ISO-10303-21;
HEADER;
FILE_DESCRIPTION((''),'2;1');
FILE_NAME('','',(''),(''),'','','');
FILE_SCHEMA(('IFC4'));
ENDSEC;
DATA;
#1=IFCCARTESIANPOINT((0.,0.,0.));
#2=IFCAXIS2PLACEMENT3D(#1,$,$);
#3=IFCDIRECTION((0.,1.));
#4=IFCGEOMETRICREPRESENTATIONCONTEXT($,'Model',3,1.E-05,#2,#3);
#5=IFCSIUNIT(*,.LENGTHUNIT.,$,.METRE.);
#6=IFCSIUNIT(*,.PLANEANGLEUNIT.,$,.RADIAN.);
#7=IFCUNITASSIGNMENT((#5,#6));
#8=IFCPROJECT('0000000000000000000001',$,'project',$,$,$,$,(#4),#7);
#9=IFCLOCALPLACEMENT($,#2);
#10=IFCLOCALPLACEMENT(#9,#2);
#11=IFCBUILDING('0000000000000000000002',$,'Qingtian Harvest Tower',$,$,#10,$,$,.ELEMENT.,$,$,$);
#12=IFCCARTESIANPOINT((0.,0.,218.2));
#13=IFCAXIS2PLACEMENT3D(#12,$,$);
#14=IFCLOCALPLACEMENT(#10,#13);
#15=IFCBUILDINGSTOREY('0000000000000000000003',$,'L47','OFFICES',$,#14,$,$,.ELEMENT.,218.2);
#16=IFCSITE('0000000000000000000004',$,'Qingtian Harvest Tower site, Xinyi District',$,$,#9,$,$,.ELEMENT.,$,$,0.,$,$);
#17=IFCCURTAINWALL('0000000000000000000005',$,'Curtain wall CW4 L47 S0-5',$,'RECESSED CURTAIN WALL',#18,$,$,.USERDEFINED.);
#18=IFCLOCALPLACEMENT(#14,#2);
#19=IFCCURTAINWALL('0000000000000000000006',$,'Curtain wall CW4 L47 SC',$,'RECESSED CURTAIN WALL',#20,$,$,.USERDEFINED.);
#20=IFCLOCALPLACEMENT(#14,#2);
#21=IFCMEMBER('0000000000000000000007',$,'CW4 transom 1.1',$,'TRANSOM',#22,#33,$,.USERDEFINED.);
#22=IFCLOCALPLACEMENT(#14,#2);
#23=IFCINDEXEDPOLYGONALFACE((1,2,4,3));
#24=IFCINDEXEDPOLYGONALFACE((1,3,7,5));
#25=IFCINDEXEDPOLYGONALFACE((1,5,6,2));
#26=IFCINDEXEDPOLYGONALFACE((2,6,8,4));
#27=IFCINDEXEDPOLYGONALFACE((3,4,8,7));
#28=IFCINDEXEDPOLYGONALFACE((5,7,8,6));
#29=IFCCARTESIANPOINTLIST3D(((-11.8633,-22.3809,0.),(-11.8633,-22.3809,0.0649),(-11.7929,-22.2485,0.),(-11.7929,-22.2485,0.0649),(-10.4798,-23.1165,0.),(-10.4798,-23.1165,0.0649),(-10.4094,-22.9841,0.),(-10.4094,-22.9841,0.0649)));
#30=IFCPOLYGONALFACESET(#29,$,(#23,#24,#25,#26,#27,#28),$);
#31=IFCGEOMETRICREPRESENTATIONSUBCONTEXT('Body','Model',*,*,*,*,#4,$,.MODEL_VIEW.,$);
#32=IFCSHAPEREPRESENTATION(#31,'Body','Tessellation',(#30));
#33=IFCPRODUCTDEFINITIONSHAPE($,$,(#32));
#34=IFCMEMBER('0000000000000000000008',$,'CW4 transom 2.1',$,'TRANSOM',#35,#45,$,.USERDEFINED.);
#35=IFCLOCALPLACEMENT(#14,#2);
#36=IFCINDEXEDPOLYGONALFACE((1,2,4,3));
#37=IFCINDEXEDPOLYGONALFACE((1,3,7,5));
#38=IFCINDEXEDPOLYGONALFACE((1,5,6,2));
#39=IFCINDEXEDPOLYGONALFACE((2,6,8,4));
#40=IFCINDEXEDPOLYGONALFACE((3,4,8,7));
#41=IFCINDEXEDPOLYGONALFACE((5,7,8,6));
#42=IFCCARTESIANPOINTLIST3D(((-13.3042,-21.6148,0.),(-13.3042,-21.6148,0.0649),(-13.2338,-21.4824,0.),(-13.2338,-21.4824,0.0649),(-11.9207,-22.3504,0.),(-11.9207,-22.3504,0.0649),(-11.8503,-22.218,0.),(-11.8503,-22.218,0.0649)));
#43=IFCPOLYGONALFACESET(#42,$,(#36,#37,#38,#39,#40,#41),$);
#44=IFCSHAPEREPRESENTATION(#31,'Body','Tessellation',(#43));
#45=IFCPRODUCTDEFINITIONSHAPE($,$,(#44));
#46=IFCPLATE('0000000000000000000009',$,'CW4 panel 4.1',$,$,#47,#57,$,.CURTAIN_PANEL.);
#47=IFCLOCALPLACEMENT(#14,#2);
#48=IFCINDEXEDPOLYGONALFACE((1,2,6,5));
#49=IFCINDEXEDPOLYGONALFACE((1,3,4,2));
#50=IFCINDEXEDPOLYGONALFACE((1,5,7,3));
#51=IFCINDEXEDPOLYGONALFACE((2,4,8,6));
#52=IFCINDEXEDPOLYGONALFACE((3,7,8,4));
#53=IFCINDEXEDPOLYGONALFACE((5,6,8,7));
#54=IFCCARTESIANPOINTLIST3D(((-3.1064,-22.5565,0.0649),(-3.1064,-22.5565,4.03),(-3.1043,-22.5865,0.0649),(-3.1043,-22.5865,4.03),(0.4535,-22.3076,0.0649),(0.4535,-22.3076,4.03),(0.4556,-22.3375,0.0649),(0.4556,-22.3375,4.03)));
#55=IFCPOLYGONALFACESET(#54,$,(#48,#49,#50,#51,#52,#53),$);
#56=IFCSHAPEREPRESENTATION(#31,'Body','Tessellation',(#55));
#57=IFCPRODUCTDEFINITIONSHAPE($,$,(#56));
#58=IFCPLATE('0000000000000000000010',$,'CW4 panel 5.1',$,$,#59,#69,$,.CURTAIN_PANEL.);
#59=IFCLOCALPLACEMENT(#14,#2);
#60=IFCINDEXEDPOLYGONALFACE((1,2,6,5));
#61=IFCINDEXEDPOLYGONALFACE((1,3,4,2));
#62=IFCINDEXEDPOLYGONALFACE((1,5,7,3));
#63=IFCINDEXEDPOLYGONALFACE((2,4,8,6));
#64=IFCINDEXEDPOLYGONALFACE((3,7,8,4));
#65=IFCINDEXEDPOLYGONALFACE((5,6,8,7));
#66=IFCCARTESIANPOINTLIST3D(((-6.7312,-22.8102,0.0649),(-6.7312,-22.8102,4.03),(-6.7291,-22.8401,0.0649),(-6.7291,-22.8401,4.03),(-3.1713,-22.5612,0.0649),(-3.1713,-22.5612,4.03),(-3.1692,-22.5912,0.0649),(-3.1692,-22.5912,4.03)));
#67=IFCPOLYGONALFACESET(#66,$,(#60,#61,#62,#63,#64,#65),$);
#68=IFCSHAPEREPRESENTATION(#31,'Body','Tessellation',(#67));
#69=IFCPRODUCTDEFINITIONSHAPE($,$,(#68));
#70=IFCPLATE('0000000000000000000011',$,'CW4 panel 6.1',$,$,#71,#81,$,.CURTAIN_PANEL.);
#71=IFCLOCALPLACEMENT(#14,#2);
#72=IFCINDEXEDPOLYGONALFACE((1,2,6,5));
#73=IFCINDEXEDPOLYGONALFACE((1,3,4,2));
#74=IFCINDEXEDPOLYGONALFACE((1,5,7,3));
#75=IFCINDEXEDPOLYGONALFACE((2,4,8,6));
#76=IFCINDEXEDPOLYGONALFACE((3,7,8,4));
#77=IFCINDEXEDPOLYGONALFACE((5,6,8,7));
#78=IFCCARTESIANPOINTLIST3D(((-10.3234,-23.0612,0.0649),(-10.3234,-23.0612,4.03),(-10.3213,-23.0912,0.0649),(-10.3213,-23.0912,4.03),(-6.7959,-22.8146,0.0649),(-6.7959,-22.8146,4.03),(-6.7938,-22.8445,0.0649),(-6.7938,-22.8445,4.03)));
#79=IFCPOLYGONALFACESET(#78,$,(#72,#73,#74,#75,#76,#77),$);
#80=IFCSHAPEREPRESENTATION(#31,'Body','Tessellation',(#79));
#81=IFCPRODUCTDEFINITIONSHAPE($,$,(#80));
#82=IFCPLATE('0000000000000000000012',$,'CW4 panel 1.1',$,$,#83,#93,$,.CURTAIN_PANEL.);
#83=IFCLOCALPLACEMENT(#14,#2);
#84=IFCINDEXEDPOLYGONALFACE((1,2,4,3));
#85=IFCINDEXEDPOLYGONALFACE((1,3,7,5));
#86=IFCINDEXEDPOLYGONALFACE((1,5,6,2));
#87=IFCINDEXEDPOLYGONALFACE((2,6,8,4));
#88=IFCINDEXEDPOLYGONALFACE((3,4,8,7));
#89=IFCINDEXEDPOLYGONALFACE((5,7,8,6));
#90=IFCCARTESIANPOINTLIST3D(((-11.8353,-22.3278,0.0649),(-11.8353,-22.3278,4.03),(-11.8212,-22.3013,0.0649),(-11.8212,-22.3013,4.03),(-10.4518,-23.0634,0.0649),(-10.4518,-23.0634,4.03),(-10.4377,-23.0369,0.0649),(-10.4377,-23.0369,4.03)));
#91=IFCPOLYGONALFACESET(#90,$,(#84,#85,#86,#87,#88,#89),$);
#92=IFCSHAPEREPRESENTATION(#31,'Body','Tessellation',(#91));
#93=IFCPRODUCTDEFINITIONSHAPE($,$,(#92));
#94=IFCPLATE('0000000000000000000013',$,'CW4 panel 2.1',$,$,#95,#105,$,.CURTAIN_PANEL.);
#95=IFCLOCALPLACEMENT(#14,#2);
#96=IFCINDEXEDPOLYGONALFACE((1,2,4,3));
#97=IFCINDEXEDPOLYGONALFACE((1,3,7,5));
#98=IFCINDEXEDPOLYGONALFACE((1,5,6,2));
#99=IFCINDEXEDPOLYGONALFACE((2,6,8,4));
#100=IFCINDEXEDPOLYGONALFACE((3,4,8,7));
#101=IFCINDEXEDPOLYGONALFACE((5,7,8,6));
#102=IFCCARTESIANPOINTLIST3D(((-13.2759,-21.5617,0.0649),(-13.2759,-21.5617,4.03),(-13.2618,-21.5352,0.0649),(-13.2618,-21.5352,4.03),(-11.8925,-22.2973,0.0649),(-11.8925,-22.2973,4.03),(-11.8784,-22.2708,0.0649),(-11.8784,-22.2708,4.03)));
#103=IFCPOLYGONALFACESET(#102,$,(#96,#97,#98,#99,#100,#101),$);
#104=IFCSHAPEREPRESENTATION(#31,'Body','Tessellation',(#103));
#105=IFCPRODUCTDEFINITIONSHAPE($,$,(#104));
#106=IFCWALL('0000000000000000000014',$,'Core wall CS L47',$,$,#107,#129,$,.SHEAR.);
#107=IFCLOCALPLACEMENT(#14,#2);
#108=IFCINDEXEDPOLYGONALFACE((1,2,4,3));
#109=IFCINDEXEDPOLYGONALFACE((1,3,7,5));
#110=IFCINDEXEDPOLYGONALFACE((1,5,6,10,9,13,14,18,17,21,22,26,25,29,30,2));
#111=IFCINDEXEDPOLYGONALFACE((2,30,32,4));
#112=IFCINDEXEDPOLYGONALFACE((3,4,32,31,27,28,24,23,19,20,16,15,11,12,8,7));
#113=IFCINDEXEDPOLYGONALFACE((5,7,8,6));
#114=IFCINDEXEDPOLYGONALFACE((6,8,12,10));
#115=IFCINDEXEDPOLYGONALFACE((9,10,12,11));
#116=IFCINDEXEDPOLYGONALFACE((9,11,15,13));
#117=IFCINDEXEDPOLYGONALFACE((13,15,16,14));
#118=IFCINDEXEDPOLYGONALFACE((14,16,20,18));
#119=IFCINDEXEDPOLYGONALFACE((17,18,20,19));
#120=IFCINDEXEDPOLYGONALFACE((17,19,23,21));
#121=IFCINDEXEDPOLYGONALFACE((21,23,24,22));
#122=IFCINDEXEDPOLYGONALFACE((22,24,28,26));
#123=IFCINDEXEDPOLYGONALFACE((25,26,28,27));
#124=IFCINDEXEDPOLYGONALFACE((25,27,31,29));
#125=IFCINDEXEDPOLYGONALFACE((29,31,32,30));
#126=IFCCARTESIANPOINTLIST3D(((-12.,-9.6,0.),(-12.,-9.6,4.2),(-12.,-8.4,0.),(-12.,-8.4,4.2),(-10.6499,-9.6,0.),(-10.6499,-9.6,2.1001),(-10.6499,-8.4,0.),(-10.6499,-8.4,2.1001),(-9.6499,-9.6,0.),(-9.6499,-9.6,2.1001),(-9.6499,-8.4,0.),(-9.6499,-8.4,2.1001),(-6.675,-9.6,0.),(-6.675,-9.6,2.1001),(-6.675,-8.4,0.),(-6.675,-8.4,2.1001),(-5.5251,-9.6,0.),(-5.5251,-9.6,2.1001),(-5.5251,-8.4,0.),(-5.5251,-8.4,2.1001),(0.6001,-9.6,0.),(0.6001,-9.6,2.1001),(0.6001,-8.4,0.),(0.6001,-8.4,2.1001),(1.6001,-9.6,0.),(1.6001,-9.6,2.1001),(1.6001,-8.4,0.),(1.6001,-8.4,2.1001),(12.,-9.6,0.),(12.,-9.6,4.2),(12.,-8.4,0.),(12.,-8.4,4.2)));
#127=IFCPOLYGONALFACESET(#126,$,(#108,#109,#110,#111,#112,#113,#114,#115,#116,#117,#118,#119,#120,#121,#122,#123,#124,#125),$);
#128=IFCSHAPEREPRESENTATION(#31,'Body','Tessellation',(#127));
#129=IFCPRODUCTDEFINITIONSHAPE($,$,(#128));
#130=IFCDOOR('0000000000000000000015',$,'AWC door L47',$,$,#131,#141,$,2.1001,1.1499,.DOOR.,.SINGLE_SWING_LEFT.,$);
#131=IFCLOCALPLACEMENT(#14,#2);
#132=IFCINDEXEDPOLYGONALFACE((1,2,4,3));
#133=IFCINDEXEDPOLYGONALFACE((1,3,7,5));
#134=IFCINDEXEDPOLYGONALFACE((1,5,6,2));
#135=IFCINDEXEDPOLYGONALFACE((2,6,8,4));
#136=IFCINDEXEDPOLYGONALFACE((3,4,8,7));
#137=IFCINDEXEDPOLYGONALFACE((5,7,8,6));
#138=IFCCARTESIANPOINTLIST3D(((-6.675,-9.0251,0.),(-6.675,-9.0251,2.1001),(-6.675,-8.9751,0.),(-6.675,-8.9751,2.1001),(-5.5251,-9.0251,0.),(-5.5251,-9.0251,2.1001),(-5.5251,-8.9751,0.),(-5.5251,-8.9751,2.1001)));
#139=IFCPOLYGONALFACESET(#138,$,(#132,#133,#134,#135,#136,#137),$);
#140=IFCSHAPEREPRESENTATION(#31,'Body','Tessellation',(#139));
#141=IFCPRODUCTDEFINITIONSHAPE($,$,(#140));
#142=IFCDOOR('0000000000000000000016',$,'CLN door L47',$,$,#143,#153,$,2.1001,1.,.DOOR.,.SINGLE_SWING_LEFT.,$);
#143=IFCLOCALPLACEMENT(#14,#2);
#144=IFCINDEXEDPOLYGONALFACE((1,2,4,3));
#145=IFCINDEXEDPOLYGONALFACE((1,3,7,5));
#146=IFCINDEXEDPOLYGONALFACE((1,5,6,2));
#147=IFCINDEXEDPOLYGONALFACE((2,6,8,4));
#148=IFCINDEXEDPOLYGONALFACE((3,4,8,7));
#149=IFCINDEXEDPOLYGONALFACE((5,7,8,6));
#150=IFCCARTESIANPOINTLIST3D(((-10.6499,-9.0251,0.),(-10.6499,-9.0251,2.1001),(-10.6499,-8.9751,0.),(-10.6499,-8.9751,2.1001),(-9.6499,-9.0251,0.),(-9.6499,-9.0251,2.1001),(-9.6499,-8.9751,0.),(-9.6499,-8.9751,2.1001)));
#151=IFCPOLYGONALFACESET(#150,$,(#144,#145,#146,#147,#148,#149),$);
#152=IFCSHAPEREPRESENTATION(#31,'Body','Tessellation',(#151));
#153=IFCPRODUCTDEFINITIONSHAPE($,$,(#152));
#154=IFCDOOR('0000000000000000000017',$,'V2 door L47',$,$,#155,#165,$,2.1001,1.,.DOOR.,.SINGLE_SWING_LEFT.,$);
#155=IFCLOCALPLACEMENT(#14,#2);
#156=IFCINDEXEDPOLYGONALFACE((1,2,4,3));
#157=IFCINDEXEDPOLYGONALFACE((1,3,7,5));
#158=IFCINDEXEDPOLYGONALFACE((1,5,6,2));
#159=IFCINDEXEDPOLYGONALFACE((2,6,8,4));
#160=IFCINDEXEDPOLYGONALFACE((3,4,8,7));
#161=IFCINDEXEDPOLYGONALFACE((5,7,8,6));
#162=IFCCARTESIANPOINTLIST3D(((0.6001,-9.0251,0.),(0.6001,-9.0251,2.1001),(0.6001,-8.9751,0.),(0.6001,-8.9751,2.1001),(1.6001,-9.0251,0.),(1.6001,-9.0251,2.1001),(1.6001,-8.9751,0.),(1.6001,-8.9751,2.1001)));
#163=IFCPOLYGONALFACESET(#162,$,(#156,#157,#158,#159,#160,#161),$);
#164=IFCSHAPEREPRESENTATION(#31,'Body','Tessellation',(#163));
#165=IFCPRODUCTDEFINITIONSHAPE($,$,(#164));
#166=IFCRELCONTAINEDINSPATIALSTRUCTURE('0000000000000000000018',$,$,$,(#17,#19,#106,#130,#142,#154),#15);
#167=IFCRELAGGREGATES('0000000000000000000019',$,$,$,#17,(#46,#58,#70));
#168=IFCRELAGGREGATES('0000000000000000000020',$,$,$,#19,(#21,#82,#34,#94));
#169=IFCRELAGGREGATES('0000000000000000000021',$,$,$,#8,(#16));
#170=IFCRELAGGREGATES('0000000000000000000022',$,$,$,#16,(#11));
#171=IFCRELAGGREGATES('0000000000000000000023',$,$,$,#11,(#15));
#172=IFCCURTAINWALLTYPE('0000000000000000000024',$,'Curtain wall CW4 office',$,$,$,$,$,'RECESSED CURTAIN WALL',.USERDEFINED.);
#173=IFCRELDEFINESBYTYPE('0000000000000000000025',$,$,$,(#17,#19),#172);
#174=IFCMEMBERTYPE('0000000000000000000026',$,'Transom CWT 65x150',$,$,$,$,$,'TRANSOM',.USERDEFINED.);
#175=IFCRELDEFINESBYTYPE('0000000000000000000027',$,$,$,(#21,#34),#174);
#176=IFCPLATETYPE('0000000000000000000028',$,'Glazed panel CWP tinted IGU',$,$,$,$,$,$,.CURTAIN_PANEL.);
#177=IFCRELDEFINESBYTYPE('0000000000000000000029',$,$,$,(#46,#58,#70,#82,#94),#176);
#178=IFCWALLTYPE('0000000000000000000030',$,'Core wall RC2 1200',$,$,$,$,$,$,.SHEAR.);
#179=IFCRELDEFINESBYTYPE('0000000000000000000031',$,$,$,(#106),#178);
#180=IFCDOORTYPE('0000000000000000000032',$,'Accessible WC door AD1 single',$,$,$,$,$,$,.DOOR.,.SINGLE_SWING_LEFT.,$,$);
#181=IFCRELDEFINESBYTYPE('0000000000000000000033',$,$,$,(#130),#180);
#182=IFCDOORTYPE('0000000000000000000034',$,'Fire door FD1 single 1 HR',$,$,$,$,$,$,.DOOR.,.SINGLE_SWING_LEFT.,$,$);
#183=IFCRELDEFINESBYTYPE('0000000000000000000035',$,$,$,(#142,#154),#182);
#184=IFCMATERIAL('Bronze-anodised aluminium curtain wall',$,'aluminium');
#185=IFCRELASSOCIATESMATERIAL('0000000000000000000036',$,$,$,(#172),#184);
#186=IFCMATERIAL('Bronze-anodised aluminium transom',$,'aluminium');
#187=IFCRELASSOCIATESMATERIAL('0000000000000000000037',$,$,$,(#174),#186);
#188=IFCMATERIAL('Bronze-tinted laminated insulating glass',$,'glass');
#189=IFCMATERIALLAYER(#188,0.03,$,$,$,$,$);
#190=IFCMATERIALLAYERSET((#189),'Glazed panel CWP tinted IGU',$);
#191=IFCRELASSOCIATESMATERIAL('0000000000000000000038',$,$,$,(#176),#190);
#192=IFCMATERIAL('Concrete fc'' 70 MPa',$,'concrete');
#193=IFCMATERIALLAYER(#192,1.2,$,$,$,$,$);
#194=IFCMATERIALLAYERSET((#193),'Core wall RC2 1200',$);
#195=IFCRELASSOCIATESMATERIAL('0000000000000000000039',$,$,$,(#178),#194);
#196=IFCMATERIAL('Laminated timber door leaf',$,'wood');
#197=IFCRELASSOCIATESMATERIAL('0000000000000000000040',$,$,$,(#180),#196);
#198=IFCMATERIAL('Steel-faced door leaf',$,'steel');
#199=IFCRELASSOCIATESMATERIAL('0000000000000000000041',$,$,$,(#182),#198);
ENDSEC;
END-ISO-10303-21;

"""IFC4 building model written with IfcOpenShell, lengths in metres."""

from ifc_helpers import new_model, si_unit, direction, frame, frame_2d, origin, origin_2d, place, context, subcontext, project, spatial, rectangle, extrude, material, layer, layer_set, material_profile, profile_set, type_object, element, fill, aggregate, save


model = new_model("IFC4")

# Units and contexts
model_context = context("Model", 3, precision=1e-05, world=origin(), true_north=direction((0.0, 1.0)))
body_context = subcontext(model_context, "Body", "Model", "MODEL_VIEW")
ifc_project = project(units=[si_unit("LENGTHUNIT", "METRE"), si_unit("PLANEANGLEUNIT", "RADIAN")], contexts=[model_context])

# Site, building, storey
site_placement = place(None, origin())
site = spatial("IfcSite", under=ifc_project, at=site_placement, Name="Qingtian Harvest Tower site, Xinyi District", CompositionType="ELEMENT", RefElevation=0.0)
building_placement = place(site_placement, origin())
building = spatial("IfcBuilding", under=site, at=building_placement, Name="Qingtian Harvest Tower", CompositionType="ELEMENT")
storey_placement = place(building_placement, frame((0.0, 0.0, 218.2)))
storey = spatial("IfcBuildingStorey", under=building, at=storey_placement, Name="L47", Description="OFFICES", CompositionType="ELEMENT", Elevation=218.2)

# Curtain walls
ifc_material_1 = material(Name="Bronze-anodised aluminium curtain wall", Category="aluminium")
curtain_wall_type = type_object("IfcCurtainWallType", Name="Curtain wall CW4 office", ElementType="RECESSED CURTAIN WALL", PredefinedType="USERDEFINED", material=ifc_material_1)
curtain_wall_1_placement = place(storey_placement, origin())
curtain_wall_1 = element("IfcCurtainWall", 1, at=curtain_wall_1_placement, inside=storey, type_object=curtain_wall_type, Name="Curtain wall CW4 L47 S0-5", ObjectType="RECESSED CURTAIN WALL", PredefinedType="USERDEFINED")
curtain_wall_2_placement = place(storey_placement, origin())
curtain_wall_2 = element("IfcCurtainWall", 2, at=curtain_wall_2_placement, inside=storey, type_object=curtain_wall_type, Name="Curtain wall CW4 L47 SC", ObjectType="RECESSED CURTAIN WALL", PredefinedType="USERDEFINED")

# Members
ifc_material_2 = material(Name="Bronze-anodised aluminium transom", Category="aluminium")
ifc_material_profile_1 = material_profile(ifc_material_2, rectangle(XDim=0.1499, YDim=0.0649, at=origin_2d()), Name="AL 65x150")
ifc_profile_set_1 = profile_set([ifc_material_profile_1], Name="Bronze-anodised aluminium transom")
member_type_1 = type_object("IfcMemberType", Name="Transom CWT 65x150", ElementType="TRANSOM", PredefinedType="USERDEFINED", material=ifc_profile_set_1)
member_1_placement = place(storey_placement, frame((-10.4446, -23.0503, 0.0325), z_axis=(-0.88296, 0.469448, 0.0), x_axis=(-0.469448, -0.88296, 0.0)))
member_1 = element("IfcMember", 3, at=member_1_placement, type_object=member_type_1, Name="CW4 transom 1.1", ObjectType="TRANSOM", PredefinedType="USERDEFINED", context=body_context, shape_type="SweptSolid", body=[
    extrude(rectangle(XDim=0.1499, YDim=0.0649, at=origin_2d()), origin(), (0.0, 0.0, 1.0), 1.5669),
])
member_2_placement = place(storey_placement, frame((-11.8855, -22.2842, 0.0325), z_axis=(-0.88296, 0.469448, 0.0), x_axis=(-0.469448, -0.88296, 0.0)))
member_2 = element("IfcMember", 4, at=member_2_placement, type_object=member_type_1, Name="CW4 transom 2.1", ObjectType="TRANSOM", PredefinedType="USERDEFINED", context=body_context, shape_type="SweptSolid", body=[
    extrude(rectangle(XDim=0.1499, YDim=0.0649, at=origin_2d()), origin(), (0.0, 0.0, 1.0), 1.5669),
])

# Plates
ifc_material_3 = material(Name="Bronze-tinted laminated insulating glass", Category="glass")
ifc_layer_1 = layer(ifc_material_3, 0.03)
ifc_layer_set_1 = layer_set([ifc_layer_1], Name="Glazed panel CWP tinted IGU")
plate_type = type_object("IfcPlateType", Name="Glazed panel CWP tinted IGU", PredefinedType="CURTAIN_PANEL", material=ifc_layer_set_1)
plate_1_placement = place(storey_placement, frame((-1.3254, -22.447, 0.0649), z_axis=(0.0, 0.0, 1.0), x_axis=(-0.997564, -0.069756, 0.0)))
plate_1 = element("IfcPlate", 5, at=plate_1_placement, type_object=plate_type, Name="CW4 panel 4.1", PredefinedType="CURTAIN_PANEL", context=body_context, shape_type="SweptSolid", body=[
    extrude(rectangle(XDim=3.5686, YDim=0.03, at=origin_2d()), origin(), (0.0, 0.0, 1.0), 3.9651),
])
plate_2_placement = place(storey_placement, frame((-4.9502, -22.7007, 0.0649), z_axis=(0.0, 0.0, 1.0), x_axis=(-0.997564, -0.069756, 0.0)))
plate_2 = element("IfcPlate", 6, at=plate_2_placement, type_object=plate_type, Name="CW4 panel 5.1", PredefinedType="CURTAIN_PANEL", context=body_context, shape_type="SweptSolid", body=[
    extrude(rectangle(XDim=3.5686, YDim=0.03, at=origin_2d()), origin(), (0.0, 0.0, 1.0), 3.9651),
])
plate_3_placement = place(storey_placement, frame((-8.5586, -22.9529, 0.0649), z_axis=(0.0, 0.0, 1.0), x_axis=(-0.997564, -0.069756, 0.0)))
plate_3 = element("IfcPlate", 7, at=plate_3_placement, type_object=plate_type, Name="CW4 panel 6.1", PredefinedType="CURTAIN_PANEL", context=body_context, shape_type="SweptSolid", body=[
    extrude(rectangle(XDim=3.5361, YDim=0.03, at=origin_2d()), origin(), (0.0, 0.0, 1.0), 3.9651),
])
aggregate(curtain_wall_1, [plate_1, plate_2, plate_3])
plate_4_placement = place(storey_placement, frame((-11.1365, -22.6824, 0.0649), z_axis=(0.0, 0.0, 1.0), x_axis=(-0.882948, 0.469472, 0.0)))
plate_4 = element("IfcPlate", 8, at=plate_4_placement, type_object=plate_type, Name="CW4 panel 1.1", PredefinedType="CURTAIN_PANEL", context=body_context, shape_type="SweptSolid", body=[
    extrude(rectangle(XDim=1.5669, YDim=0.03, at=origin_2d()), origin(), (0.0, 0.0, 1.0), 3.9651),
])
plate_5_placement = place(storey_placement, frame((-12.5771, -21.9163, 0.0649), z_axis=(0.0, 0.0, 1.0), x_axis=(-0.882948, 0.469472, 0.0)))
plate_5 = element("IfcPlate", 9, at=plate_5_placement, type_object=plate_type, Name="CW4 panel 2.1", PredefinedType="CURTAIN_PANEL", context=body_context, shape_type="SweptSolid", body=[
    extrude(rectangle(XDim=1.5669, YDim=0.03, at=origin_2d()), origin(), (0.0, 0.0, 1.0), 3.9651),
])
aggregate(curtain_wall_2, [member_1, plate_4, member_2, plate_5])

# Wall, openings, doors
ifc_material_4 = material(Name="Concrete fc' 70 MPa", Category="concrete")
ifc_layer_2 = layer(ifc_material_4, 1.2)
ifc_layer_set_2 = layer_set([ifc_layer_2], Name="Core wall RC2 1200")
wall_type = type_object("IfcWallType", Name="Core wall RC2 1200", PredefinedType="SHEAR", material=ifc_layer_set_2)
wall_placement = place(storey_placement, frame((-12.0, -9.0, 0.0), z_axis=(0.0, 0.0, 1.0), x_axis=(1.0, 0.0, 0.0)))
wall = element("IfcWall", 10, at=wall_placement, inside=storey, type_object=wall_type, Name="Core wall CS L47", PredefinedType="SHEAR", context=body_context, shape_type="SweptSolid", body=[
    extrude(rectangle(XDim=24.0, YDim=1.2, at=frame_2d((12.0, 0.0))), origin(), (0.0, 0.0, 1.0), 4.2),
])
opening_1_placement = place(wall_placement, frame((1.3501, 0.0, 0.0)))
opening_1 = element("IfcOpeningElement", 11, at=opening_1_placement, cuts=wall, PredefinedType="OPENING", context=body_context, shape_type="SweptSolid", body=[
    extrude(rectangle(XDim=1.0, YDim=2.1001, at=frame_2d((0.5, 1.05))), frame((0.0, 0.6099, 0.0), z_axis=(0.0, -1.0, 0.0), x_axis=(1.0, 0.0, 0.0)), (0.0, 0.0, 1.0), 1.22),
])
opening_2_placement = place(wall_placement, frame((5.325, 0.0, 0.0)))
opening_2 = element("IfcOpeningElement", 12, at=opening_2_placement, cuts=wall, PredefinedType="OPENING", context=body_context, shape_type="SweptSolid", body=[
    extrude(rectangle(XDim=1.1499, YDim=2.1001, at=frame_2d((0.575, 1.05))), frame((0.0, 0.6099, 0.0), z_axis=(0.0, -1.0, 0.0), x_axis=(1.0, 0.0, 0.0)), (0.0, 0.0, 1.0), 1.22),
])
opening_3_placement = place(wall_placement, frame((12.6001, 0.0, 0.0)))
opening_3 = element("IfcOpeningElement", 13, at=opening_3_placement, cuts=wall, PredefinedType="OPENING", context=body_context, shape_type="SweptSolid", body=[
    extrude(rectangle(XDim=1.0, YDim=2.1001, at=frame_2d((0.5, 1.05))), frame((0.0, 0.6099, 0.0), z_axis=(0.0, -1.0, 0.0), x_axis=(1.0, 0.0, 0.0)), (0.0, 0.0, 1.0), 1.22),
])
ifc_material_5 = material(Name="Laminated timber door leaf", Category="wood")
door_type_1 = type_object("IfcDoorType", Name="Accessible WC door AD1 single", OperationType="SINGLE_SWING_LEFT", PredefinedType="DOOR", material=ifc_material_5)
door_1_placement = place(opening_2_placement, origin())
door_1 = element("IfcDoor", 14, at=door_1_placement, inside=storey, type_object=door_type_1, Name="AWC door L47", OperationType="SINGLE_SWING_LEFT", OverallHeight=2.1001, OverallWidth=1.1499, PredefinedType="DOOR", context=body_context, shape_type="SweptSolid", body=[
    extrude(rectangle(XDim=1.1499, YDim=2.1001, at=frame_2d((0.575, 1.05))), frame((0.0, 0.0249, 0.0), z_axis=(0.0, -1.0, 0.0), x_axis=(1.0, 0.0, 0.0)), (0.0, 0.0, 1.0), 0.05),
])
fill(opening_2, door_1)
ifc_material_6 = material(Name="Steel-faced door leaf", Category="steel")
door_type_2 = type_object("IfcDoorType", Name="Fire door FD1 single 1 HR", OperationType="SINGLE_SWING_LEFT", PredefinedType="DOOR", material=ifc_material_6)
door_2_placement = place(opening_1_placement, origin())
door_2 = element("IfcDoor", 15, at=door_2_placement, inside=storey, type_object=door_type_2, Name="CLN door L47", OperationType="SINGLE_SWING_LEFT", OverallHeight=2.1001, OverallWidth=1.0, PredefinedType="DOOR", context=body_context, shape_type="SweptSolid", body=[
    extrude(rectangle(XDim=1.0, YDim=2.1001, at=frame_2d((0.5, 1.05))), frame((0.0, 0.0249, 0.0), z_axis=(0.0, -1.0, 0.0), x_axis=(1.0, 0.0, 0.0)), (0.0, 0.0, 1.0), 0.05),
])
fill(opening_1, door_2)
door_3_placement = place(opening_3_placement, origin())
door_3 = element("IfcDoor", 16, at=door_3_placement, inside=storey, type_object=door_type_2, Name="V2 door L47", OperationType="SINGLE_SWING_LEFT", OverallHeight=2.1001, OverallWidth=1.0, PredefinedType="DOOR", context=body_context, shape_type="SweptSolid", body=[
    extrude(rectangle(XDim=1.0, YDim=2.1001, at=frame_2d((0.5, 1.05))), frame((0.0, 0.0249, 0.0), z_axis=(0.0, -1.0, 0.0), x_axis=(1.0, 0.0, 0.0)), (0.0, 0.0, 1.0), 0.05),
])
fill(opening_3, door_3)

save(model, "model.ifc")
